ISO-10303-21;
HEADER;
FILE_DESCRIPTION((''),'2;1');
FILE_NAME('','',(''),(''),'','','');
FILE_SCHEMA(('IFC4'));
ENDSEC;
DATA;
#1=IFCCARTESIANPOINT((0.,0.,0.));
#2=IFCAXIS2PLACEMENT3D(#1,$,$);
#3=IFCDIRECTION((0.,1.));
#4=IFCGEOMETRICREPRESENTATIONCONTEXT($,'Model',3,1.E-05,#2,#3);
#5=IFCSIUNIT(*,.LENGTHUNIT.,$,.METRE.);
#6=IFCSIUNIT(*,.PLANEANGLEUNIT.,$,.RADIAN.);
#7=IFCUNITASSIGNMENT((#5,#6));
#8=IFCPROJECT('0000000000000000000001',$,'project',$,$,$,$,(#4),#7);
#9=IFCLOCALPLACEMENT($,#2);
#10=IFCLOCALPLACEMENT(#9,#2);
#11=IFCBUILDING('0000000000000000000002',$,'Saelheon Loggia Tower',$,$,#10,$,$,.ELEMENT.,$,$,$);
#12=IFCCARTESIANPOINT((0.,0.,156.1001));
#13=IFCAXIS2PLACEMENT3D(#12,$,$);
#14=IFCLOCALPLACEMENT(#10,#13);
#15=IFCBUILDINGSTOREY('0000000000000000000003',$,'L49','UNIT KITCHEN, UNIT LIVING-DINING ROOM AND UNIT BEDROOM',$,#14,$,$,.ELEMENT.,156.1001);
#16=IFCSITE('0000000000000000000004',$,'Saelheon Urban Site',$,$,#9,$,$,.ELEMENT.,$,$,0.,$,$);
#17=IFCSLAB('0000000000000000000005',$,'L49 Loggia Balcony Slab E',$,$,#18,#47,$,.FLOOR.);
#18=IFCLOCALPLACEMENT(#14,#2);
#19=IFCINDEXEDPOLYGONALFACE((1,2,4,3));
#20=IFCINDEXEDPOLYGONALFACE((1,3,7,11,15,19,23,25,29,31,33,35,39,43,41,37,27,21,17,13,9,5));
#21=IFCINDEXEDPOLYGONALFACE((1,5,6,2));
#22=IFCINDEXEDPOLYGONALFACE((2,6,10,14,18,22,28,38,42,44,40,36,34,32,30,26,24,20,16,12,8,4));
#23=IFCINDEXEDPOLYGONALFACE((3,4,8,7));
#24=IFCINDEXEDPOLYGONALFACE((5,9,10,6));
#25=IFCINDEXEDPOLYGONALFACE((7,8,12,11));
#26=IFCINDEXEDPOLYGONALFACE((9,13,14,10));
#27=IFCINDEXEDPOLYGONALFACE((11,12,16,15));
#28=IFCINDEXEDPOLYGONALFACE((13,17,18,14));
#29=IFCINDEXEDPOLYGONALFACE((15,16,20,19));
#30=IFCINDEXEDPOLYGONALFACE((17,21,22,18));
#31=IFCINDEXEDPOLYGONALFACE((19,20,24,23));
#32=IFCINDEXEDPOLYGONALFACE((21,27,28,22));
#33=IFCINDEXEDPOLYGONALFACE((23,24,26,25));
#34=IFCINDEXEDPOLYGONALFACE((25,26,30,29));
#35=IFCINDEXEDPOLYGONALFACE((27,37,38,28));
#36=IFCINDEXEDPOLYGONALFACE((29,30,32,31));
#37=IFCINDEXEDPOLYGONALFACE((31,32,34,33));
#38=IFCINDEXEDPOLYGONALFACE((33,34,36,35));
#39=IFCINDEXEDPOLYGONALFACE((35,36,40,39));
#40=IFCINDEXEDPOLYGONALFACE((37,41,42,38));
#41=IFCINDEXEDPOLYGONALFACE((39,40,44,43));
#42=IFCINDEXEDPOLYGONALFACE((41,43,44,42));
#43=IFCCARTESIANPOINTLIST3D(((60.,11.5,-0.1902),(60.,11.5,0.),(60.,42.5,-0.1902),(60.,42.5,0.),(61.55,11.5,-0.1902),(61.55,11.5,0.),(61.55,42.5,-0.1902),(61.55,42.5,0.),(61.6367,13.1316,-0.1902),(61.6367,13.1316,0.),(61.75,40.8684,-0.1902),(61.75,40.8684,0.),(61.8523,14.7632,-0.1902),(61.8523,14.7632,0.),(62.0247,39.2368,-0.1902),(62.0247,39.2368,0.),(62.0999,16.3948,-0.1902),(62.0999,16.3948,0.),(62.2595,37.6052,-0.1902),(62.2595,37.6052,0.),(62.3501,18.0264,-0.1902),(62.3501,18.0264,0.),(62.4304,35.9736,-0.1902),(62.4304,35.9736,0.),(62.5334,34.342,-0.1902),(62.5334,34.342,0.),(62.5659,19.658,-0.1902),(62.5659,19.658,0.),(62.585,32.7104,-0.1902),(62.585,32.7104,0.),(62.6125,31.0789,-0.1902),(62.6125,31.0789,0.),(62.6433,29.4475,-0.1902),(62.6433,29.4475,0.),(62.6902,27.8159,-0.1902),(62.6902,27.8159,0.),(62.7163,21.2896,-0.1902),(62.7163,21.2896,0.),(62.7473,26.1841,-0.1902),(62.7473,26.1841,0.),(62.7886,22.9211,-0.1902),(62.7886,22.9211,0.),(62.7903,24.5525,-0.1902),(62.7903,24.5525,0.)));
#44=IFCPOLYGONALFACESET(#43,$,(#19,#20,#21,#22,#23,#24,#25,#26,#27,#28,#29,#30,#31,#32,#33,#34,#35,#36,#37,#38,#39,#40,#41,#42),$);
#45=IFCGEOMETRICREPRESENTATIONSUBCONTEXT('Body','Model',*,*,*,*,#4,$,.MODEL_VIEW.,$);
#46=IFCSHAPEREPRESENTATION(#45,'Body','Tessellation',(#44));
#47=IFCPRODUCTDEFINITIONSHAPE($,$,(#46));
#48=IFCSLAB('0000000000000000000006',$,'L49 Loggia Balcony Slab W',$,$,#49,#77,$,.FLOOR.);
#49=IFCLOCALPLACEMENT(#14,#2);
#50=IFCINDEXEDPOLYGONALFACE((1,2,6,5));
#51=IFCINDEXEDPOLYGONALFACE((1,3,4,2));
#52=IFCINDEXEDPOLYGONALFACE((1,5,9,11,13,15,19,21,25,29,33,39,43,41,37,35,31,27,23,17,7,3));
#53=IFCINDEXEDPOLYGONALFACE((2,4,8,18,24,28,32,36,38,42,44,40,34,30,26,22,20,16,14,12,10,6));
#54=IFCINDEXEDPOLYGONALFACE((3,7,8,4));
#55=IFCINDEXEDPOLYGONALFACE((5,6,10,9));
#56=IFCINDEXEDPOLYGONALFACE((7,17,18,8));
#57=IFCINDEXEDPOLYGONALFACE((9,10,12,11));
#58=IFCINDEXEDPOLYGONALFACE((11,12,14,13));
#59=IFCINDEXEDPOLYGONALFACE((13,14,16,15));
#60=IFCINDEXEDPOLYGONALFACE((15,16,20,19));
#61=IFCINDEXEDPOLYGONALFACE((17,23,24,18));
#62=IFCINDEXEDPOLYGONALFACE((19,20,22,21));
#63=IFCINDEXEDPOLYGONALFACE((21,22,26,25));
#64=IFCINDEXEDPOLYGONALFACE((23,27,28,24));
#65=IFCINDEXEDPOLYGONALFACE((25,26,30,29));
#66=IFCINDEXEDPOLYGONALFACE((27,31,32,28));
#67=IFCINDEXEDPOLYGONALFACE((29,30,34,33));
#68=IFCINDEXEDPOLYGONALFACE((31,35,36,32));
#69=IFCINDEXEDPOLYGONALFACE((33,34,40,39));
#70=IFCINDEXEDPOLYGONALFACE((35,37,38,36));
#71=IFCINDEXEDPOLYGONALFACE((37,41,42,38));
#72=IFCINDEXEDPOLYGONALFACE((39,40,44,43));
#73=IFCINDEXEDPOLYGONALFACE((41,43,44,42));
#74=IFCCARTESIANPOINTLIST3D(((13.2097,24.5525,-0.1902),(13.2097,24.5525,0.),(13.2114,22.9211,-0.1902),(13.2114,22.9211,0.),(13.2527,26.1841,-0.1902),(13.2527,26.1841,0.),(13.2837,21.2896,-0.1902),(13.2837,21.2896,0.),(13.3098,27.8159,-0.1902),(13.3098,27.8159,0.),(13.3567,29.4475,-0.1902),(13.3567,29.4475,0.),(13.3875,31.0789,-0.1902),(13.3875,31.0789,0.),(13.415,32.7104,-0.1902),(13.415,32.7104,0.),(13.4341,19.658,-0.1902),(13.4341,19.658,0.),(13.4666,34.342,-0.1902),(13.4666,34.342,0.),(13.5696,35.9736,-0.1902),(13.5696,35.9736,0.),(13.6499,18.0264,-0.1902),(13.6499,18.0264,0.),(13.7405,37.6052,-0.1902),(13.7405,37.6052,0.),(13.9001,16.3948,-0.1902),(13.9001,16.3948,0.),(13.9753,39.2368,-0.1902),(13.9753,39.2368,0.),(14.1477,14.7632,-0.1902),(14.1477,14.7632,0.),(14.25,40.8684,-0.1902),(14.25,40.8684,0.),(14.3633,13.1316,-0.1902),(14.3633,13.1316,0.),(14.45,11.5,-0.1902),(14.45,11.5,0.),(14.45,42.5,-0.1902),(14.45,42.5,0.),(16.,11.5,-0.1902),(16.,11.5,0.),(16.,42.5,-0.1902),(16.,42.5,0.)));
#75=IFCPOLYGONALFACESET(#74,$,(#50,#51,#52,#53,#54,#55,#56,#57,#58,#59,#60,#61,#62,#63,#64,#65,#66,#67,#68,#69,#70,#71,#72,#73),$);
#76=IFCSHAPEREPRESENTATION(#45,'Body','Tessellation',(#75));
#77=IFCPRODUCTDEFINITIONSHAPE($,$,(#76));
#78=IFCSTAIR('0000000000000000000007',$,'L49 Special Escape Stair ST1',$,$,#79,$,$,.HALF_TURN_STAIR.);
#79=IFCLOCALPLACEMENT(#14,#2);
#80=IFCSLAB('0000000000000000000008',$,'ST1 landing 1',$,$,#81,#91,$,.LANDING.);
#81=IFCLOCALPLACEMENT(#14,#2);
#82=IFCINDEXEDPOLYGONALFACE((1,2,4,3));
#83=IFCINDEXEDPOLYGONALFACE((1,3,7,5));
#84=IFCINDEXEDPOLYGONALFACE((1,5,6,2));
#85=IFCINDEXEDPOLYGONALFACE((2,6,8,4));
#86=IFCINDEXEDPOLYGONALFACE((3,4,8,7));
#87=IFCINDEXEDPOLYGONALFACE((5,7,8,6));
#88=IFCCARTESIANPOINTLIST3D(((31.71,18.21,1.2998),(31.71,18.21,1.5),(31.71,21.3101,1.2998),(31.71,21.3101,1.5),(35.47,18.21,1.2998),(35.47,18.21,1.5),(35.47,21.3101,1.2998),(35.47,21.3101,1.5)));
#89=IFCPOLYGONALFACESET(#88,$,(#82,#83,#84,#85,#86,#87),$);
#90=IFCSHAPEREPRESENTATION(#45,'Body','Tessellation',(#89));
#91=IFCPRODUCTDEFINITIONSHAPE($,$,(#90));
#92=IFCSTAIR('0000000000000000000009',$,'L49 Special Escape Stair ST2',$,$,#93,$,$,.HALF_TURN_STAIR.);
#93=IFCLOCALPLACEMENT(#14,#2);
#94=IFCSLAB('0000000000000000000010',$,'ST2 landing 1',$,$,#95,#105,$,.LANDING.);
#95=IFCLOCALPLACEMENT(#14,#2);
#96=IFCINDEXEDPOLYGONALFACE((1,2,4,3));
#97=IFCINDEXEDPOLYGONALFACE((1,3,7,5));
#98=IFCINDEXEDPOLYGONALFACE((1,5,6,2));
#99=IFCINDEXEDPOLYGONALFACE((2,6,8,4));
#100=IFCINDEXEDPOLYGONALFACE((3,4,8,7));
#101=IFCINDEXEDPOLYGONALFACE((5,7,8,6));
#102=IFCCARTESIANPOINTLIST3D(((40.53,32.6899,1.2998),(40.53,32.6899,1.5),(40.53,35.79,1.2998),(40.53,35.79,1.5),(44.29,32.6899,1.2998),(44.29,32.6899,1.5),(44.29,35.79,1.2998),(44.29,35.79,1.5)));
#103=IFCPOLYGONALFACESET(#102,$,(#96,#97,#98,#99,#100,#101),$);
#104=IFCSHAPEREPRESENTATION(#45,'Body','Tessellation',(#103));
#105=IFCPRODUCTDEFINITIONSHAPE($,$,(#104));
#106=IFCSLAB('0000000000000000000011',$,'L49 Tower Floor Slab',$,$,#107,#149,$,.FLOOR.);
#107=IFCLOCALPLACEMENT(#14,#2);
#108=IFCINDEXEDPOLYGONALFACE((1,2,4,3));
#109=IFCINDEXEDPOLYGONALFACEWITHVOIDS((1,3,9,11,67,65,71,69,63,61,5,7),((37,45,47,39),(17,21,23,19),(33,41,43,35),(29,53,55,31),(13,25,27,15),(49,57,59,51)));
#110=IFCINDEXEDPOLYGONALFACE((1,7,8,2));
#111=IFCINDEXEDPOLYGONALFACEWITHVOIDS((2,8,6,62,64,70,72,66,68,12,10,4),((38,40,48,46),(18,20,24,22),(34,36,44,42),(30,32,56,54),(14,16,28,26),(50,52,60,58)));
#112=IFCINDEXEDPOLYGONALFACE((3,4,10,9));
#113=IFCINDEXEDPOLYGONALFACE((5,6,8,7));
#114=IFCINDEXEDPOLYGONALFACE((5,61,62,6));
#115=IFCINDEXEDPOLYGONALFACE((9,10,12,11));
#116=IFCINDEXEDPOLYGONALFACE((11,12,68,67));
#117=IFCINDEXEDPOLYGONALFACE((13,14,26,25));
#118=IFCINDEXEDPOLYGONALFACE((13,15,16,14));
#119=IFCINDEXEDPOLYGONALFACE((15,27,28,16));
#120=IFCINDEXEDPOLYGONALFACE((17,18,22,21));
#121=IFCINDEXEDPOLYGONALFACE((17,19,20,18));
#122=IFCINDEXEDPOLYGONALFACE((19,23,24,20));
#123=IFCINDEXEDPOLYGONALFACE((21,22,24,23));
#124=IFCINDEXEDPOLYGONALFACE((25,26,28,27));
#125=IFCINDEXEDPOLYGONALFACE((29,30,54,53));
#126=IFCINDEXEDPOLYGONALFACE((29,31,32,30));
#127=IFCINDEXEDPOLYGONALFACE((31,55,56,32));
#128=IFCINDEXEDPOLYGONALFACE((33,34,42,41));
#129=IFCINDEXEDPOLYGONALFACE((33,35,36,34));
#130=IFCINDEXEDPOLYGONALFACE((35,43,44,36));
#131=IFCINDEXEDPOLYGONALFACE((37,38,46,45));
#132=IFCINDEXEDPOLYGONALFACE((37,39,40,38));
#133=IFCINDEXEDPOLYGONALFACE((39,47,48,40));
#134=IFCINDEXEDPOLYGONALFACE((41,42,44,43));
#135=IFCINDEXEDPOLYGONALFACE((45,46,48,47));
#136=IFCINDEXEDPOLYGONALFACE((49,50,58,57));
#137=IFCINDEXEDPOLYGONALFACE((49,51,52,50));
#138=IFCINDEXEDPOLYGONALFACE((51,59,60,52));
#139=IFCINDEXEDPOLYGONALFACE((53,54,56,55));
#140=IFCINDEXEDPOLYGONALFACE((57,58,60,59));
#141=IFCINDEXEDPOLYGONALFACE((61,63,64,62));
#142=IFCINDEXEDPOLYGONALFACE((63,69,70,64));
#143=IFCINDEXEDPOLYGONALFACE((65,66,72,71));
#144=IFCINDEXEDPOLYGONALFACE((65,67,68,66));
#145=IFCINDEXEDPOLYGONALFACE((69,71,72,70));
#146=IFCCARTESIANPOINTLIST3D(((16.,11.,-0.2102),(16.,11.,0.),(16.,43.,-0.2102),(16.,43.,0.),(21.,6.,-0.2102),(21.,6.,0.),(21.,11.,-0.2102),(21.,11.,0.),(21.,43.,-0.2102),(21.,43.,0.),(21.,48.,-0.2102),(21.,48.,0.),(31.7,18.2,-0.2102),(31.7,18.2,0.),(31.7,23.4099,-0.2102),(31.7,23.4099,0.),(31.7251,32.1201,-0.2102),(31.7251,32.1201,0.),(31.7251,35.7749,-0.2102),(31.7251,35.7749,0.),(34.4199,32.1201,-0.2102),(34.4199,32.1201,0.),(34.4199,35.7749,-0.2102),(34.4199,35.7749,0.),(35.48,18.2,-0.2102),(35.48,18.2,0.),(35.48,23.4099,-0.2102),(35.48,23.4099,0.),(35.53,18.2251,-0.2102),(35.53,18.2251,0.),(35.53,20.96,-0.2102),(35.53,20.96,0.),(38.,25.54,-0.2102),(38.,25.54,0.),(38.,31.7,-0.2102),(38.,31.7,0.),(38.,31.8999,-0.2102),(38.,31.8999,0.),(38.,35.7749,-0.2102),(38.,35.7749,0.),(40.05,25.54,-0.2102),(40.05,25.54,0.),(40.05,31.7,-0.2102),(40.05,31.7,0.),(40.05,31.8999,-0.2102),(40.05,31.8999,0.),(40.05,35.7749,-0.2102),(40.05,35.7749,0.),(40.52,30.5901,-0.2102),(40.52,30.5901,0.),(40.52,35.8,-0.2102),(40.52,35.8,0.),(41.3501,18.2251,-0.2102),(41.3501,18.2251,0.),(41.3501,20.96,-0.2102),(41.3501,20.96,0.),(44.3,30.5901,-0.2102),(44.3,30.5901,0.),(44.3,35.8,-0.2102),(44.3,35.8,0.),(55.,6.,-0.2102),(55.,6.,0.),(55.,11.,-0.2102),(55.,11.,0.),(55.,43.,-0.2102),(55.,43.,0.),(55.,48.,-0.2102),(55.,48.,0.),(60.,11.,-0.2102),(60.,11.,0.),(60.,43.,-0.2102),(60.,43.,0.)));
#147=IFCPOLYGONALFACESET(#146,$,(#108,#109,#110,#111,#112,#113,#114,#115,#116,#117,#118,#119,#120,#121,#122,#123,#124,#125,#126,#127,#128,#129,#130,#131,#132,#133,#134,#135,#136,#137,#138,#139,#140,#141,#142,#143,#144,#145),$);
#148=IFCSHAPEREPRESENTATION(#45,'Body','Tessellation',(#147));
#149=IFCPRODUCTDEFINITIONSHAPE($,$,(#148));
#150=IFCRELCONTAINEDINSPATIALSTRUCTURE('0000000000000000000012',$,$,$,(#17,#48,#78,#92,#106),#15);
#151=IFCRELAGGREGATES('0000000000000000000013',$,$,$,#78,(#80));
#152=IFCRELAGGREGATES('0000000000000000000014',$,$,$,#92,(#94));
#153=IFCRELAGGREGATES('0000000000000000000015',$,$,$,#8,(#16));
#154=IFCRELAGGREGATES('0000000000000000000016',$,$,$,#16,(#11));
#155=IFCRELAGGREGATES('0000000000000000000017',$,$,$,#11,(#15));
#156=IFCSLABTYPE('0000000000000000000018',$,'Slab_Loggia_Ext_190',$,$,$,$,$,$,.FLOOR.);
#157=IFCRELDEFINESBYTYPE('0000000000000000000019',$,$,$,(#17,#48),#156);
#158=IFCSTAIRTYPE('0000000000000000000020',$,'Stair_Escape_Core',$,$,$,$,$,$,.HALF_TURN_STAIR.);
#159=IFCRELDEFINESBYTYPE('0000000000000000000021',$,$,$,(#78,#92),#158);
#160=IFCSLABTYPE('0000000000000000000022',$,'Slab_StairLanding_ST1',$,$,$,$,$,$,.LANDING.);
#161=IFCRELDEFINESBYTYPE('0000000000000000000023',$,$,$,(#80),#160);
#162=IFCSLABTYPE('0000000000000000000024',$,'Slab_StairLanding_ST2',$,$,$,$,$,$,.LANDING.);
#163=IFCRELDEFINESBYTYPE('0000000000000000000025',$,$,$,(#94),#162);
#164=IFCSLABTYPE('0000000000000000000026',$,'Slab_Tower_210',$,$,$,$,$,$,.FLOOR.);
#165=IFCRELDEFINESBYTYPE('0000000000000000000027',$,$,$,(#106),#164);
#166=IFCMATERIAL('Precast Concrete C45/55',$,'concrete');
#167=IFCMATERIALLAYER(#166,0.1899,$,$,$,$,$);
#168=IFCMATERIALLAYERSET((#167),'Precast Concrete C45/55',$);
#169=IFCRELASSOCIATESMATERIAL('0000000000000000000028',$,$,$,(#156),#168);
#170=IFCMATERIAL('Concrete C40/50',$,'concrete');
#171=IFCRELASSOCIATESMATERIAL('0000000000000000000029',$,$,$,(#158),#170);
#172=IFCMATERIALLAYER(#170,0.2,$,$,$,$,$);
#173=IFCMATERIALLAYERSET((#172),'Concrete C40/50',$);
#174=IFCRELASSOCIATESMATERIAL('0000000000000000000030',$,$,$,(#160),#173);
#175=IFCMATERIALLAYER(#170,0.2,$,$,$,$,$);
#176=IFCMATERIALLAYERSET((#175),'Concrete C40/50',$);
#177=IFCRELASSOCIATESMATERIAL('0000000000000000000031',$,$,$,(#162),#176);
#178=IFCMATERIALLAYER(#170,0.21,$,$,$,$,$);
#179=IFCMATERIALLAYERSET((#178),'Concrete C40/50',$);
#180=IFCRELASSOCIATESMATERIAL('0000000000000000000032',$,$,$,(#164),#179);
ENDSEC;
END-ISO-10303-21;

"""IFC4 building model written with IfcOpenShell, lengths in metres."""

from ifc_helpers import new_model, si_unit, direction, frame, origin, place, context, subcontext, project, spatial, polyline, outline, extrude, material, layer, layer_set, type_object, element, aggregate, save


model = new_model("IFC4")

# Units and contexts
model_context = context("Model", 3, precision=1e-05, world=origin(), true_north=direction((0.0, 1.0)))
body_context = subcontext(model_context, "Body", "Model", "MODEL_VIEW")
ifc_project = project(units=[si_unit("LENGTHUNIT", "METRE"), si_unit("PLANEANGLEUNIT", "RADIAN")], contexts=[model_context])

# Site, building, storey
site_placement = place(None, origin())
site = spatial("IfcSite", under=ifc_project, at=site_placement, Name="Saelheon Urban Site", CompositionType="ELEMENT", RefElevation=0.0)
building_placement = place(site_placement, origin())
building = spatial("IfcBuilding", under=site, at=building_placement, Name="Saelheon Loggia Tower", CompositionType="ELEMENT")
storey_placement = place(building_placement, frame((0.0, 0.0, 156.1001)))
storey = spatial("IfcBuildingStorey", under=building, at=storey_placement, Name="L49", Description="UNIT KITCHEN, UNIT LIVING-DINING ROOM AND UNIT BEDROOM", CompositionType="ELEMENT", Elevation=156.1001)

# Shared definitions
ifc_material_1 = material(Name="Concrete C40/50", Category="concrete")

# Slabs
ifc_material_2 = material(Name="Precast Concrete C45/55", Category="concrete")
ifc_layer_1 = layer(ifc_material_2, 0.1899)
ifc_layer_set_1 = layer_set([ifc_layer_1], Name="Precast Concrete C45/55")
slab_type_1 = type_object("IfcSlabType", Name="Slab_Loggia_Ext_190", PredefinedType="FLOOR", material=ifc_layer_set_1)
slab_1_placement = place(storey_placement, frame((0.0, 0.0, -0.1902)))
element("IfcSlab", 1, at=slab_1_placement, inside=storey, type_object=slab_type_1, Name="L49 Loggia Balcony Slab E", PredefinedType="FLOOR", context=body_context, shape_type="SweptSolid", body=[
    extrude(outline(polyline([(60.0, 11.5), (61.55, 11.5), (61.6367, 13.1316), (61.8523, 14.7632), (62.0999, 16.3948), (62.3501, 18.0264), (62.5659, 19.658), (62.7163, 21.2896), (62.7886, 22.9211), (62.7903, 24.5525), (62.7473, 26.1841), (62.6902, 27.8159), (62.6433, 29.4475), (62.6125, 31.0789), (62.585, 32.7104), (62.5334, 34.342), (62.4304, 35.9736), (62.2595, 37.6052), (62.0247, 39.2368), (61.75, 40.8684), (61.55, 42.5), (60.0, 42.5), (60.0, 11.5)])), origin(), (0.0, 0.0, 1.0), 0.1902),
])
slab_2_placement = place(storey_placement, frame((0.0, 0.0, -0.1902)))
element("IfcSlab", 2, at=slab_2_placement, inside=storey, type_object=slab_type_1, Name="L49 Loggia Balcony Slab W", PredefinedType="FLOOR", context=body_context, shape_type="SweptSolid", body=[
    extrude(outline(polyline([(16.0, 11.5), (16.0, 42.5), (14.45, 42.5), (14.25, 40.8684), (13.9753, 39.2368), (13.7405, 37.6052), (13.5696, 35.9736), (13.4666, 34.342), (13.415, 32.7104), (13.3875, 31.0789), (13.3567, 29.4475), (13.3098, 27.8159), (13.2527, 26.1841), (13.2097, 24.5525), (13.2114, 22.9211), (13.2837, 21.2896), (13.4341, 19.658), (13.6499, 18.0264), (13.9001, 16.3948), (14.1477, 14.7632), (14.3633, 13.1316), (14.45, 11.5), (16.0, 11.5)])), origin(), (0.0, 0.0, 1.0), 0.1902),
])

# Stairs, slabs
stair_type = type_object("IfcStairType", Name="Stair_Escape_Core", PredefinedType="HALF_TURN_STAIR", material=ifc_material_1)
stair_1_placement = place(storey_placement, origin())
stair_1 = element("IfcStair", 3, at=stair_1_placement, inside=storey, type_object=stair_type, Name="L49 Special Escape Stair ST1", PredefinedType="HALF_TURN_STAIR")
ifc_layer_2 = layer(ifc_material_1, 0.2)
ifc_layer_set_2 = layer_set([ifc_layer_2], Name="Concrete C40/50")
slab_type_2 = type_object("IfcSlabType", Name="Slab_StairLanding_ST1", PredefinedType="LANDING", material=ifc_layer_set_2)
slab_3_placement = place(storey_placement, frame((0.0, 0.0, 1.2998)))
slab_3 = element("IfcSlab", 4, at=slab_3_placement, type_object=slab_type_2, Name="ST1 landing 1", PredefinedType="LANDING", context=body_context, shape_type="SweptSolid", body=[
    extrude(outline(polyline([(31.71, 21.3101), (31.71, 18.21), (35.47, 18.21), (35.47, 21.3101), (31.71, 21.3101)])), origin(), (0.0, 0.0, 1.0), 0.2002),
])
aggregate(stair_1, [slab_3])
stair_2_placement = place(storey_placement, origin())
stair_2 = element("IfcStair", 5, at=stair_2_placement, inside=storey, type_object=stair_type, Name="L49 Special Escape Stair ST2", PredefinedType="HALF_TURN_STAIR")
ifc_layer_3 = layer(ifc_material_1, 0.2)
ifc_layer_set_3 = layer_set([ifc_layer_3], Name="Concrete C40/50")
slab_type_3 = type_object("IfcSlabType", Name="Slab_StairLanding_ST2", PredefinedType="LANDING", material=ifc_layer_set_3)
slab_4_placement = place(storey_placement, frame((0.0, 0.0, 1.2998)))
slab_4 = element("IfcSlab", 6, at=slab_4_placement, type_object=slab_type_3, Name="ST2 landing 1", PredefinedType="LANDING", context=body_context, shape_type="SweptSolid", body=[
    extrude(outline(polyline([(44.29, 32.6899), (44.29, 35.79), (40.53, 35.79), (40.53, 32.6899), (44.29, 32.6899)])), origin(), (0.0, 0.0, 1.0), 0.2002),
])
aggregate(stair_2, [slab_4])

# Slab
ifc_layer_4 = layer(ifc_material_1, 0.21)
ifc_layer_set_4 = layer_set([ifc_layer_4], Name="Concrete C40/50")
slab_type_4 = type_object("IfcSlabType", Name="Slab_Tower_210", PredefinedType="FLOOR", material=ifc_layer_set_4)
slab_5_placement = place(storey_placement, frame((0.0, 0.0, -0.2102)))
element("IfcSlab", 7, at=slab_5_placement, inside=storey, type_object=slab_type_4, Name="L49 Tower Floor Slab", PredefinedType="FLOOR", context=body_context, shape_type="SweptSolid", body=[
    extrude(outline(polyline([(21.0, 6.0), (55.0, 6.0), (55.0, 11.0), (60.0, 11.0), (60.0, 43.0), (55.0, 43.0), (55.0, 48.0), (21.0, 48.0), (21.0, 43.0), (16.0, 43.0), (16.0, 11.0), (21.0, 11.0), (21.0, 6.0)]), holes=[polyline([(31.7, 23.4099), (31.7, 18.2), (35.48, 18.2), (35.48, 23.4099), (31.7, 23.4099)]), polyline([(44.3, 30.5901), (44.3, 35.8), (40.52, 35.8), (40.52, 30.5901), (44.3, 30.5901)]), polyline([(35.53, 18.2251), (41.3501, 18.2251), (41.3501, 20.96), (35.53, 20.96), (35.53, 18.2251)]), polyline([(31.7251, 32.1201), (34.4199, 32.1201), (34.4199, 35.7749), (31.7251, 35.7749), (31.7251, 32.1201)]), polyline([(38.0, 31.8999), (40.05, 31.8999), (40.05, 35.7749), (38.0, 35.7749), (38.0, 31.8999)]), polyline([(38.0, 25.54), (40.05, 25.54), (40.05, 31.7), (38.0, 31.7), (38.0, 25.54)])]), origin(), (0.0, 0.0, 1.0), 0.2102),
])

save(model, "model.ifc")
